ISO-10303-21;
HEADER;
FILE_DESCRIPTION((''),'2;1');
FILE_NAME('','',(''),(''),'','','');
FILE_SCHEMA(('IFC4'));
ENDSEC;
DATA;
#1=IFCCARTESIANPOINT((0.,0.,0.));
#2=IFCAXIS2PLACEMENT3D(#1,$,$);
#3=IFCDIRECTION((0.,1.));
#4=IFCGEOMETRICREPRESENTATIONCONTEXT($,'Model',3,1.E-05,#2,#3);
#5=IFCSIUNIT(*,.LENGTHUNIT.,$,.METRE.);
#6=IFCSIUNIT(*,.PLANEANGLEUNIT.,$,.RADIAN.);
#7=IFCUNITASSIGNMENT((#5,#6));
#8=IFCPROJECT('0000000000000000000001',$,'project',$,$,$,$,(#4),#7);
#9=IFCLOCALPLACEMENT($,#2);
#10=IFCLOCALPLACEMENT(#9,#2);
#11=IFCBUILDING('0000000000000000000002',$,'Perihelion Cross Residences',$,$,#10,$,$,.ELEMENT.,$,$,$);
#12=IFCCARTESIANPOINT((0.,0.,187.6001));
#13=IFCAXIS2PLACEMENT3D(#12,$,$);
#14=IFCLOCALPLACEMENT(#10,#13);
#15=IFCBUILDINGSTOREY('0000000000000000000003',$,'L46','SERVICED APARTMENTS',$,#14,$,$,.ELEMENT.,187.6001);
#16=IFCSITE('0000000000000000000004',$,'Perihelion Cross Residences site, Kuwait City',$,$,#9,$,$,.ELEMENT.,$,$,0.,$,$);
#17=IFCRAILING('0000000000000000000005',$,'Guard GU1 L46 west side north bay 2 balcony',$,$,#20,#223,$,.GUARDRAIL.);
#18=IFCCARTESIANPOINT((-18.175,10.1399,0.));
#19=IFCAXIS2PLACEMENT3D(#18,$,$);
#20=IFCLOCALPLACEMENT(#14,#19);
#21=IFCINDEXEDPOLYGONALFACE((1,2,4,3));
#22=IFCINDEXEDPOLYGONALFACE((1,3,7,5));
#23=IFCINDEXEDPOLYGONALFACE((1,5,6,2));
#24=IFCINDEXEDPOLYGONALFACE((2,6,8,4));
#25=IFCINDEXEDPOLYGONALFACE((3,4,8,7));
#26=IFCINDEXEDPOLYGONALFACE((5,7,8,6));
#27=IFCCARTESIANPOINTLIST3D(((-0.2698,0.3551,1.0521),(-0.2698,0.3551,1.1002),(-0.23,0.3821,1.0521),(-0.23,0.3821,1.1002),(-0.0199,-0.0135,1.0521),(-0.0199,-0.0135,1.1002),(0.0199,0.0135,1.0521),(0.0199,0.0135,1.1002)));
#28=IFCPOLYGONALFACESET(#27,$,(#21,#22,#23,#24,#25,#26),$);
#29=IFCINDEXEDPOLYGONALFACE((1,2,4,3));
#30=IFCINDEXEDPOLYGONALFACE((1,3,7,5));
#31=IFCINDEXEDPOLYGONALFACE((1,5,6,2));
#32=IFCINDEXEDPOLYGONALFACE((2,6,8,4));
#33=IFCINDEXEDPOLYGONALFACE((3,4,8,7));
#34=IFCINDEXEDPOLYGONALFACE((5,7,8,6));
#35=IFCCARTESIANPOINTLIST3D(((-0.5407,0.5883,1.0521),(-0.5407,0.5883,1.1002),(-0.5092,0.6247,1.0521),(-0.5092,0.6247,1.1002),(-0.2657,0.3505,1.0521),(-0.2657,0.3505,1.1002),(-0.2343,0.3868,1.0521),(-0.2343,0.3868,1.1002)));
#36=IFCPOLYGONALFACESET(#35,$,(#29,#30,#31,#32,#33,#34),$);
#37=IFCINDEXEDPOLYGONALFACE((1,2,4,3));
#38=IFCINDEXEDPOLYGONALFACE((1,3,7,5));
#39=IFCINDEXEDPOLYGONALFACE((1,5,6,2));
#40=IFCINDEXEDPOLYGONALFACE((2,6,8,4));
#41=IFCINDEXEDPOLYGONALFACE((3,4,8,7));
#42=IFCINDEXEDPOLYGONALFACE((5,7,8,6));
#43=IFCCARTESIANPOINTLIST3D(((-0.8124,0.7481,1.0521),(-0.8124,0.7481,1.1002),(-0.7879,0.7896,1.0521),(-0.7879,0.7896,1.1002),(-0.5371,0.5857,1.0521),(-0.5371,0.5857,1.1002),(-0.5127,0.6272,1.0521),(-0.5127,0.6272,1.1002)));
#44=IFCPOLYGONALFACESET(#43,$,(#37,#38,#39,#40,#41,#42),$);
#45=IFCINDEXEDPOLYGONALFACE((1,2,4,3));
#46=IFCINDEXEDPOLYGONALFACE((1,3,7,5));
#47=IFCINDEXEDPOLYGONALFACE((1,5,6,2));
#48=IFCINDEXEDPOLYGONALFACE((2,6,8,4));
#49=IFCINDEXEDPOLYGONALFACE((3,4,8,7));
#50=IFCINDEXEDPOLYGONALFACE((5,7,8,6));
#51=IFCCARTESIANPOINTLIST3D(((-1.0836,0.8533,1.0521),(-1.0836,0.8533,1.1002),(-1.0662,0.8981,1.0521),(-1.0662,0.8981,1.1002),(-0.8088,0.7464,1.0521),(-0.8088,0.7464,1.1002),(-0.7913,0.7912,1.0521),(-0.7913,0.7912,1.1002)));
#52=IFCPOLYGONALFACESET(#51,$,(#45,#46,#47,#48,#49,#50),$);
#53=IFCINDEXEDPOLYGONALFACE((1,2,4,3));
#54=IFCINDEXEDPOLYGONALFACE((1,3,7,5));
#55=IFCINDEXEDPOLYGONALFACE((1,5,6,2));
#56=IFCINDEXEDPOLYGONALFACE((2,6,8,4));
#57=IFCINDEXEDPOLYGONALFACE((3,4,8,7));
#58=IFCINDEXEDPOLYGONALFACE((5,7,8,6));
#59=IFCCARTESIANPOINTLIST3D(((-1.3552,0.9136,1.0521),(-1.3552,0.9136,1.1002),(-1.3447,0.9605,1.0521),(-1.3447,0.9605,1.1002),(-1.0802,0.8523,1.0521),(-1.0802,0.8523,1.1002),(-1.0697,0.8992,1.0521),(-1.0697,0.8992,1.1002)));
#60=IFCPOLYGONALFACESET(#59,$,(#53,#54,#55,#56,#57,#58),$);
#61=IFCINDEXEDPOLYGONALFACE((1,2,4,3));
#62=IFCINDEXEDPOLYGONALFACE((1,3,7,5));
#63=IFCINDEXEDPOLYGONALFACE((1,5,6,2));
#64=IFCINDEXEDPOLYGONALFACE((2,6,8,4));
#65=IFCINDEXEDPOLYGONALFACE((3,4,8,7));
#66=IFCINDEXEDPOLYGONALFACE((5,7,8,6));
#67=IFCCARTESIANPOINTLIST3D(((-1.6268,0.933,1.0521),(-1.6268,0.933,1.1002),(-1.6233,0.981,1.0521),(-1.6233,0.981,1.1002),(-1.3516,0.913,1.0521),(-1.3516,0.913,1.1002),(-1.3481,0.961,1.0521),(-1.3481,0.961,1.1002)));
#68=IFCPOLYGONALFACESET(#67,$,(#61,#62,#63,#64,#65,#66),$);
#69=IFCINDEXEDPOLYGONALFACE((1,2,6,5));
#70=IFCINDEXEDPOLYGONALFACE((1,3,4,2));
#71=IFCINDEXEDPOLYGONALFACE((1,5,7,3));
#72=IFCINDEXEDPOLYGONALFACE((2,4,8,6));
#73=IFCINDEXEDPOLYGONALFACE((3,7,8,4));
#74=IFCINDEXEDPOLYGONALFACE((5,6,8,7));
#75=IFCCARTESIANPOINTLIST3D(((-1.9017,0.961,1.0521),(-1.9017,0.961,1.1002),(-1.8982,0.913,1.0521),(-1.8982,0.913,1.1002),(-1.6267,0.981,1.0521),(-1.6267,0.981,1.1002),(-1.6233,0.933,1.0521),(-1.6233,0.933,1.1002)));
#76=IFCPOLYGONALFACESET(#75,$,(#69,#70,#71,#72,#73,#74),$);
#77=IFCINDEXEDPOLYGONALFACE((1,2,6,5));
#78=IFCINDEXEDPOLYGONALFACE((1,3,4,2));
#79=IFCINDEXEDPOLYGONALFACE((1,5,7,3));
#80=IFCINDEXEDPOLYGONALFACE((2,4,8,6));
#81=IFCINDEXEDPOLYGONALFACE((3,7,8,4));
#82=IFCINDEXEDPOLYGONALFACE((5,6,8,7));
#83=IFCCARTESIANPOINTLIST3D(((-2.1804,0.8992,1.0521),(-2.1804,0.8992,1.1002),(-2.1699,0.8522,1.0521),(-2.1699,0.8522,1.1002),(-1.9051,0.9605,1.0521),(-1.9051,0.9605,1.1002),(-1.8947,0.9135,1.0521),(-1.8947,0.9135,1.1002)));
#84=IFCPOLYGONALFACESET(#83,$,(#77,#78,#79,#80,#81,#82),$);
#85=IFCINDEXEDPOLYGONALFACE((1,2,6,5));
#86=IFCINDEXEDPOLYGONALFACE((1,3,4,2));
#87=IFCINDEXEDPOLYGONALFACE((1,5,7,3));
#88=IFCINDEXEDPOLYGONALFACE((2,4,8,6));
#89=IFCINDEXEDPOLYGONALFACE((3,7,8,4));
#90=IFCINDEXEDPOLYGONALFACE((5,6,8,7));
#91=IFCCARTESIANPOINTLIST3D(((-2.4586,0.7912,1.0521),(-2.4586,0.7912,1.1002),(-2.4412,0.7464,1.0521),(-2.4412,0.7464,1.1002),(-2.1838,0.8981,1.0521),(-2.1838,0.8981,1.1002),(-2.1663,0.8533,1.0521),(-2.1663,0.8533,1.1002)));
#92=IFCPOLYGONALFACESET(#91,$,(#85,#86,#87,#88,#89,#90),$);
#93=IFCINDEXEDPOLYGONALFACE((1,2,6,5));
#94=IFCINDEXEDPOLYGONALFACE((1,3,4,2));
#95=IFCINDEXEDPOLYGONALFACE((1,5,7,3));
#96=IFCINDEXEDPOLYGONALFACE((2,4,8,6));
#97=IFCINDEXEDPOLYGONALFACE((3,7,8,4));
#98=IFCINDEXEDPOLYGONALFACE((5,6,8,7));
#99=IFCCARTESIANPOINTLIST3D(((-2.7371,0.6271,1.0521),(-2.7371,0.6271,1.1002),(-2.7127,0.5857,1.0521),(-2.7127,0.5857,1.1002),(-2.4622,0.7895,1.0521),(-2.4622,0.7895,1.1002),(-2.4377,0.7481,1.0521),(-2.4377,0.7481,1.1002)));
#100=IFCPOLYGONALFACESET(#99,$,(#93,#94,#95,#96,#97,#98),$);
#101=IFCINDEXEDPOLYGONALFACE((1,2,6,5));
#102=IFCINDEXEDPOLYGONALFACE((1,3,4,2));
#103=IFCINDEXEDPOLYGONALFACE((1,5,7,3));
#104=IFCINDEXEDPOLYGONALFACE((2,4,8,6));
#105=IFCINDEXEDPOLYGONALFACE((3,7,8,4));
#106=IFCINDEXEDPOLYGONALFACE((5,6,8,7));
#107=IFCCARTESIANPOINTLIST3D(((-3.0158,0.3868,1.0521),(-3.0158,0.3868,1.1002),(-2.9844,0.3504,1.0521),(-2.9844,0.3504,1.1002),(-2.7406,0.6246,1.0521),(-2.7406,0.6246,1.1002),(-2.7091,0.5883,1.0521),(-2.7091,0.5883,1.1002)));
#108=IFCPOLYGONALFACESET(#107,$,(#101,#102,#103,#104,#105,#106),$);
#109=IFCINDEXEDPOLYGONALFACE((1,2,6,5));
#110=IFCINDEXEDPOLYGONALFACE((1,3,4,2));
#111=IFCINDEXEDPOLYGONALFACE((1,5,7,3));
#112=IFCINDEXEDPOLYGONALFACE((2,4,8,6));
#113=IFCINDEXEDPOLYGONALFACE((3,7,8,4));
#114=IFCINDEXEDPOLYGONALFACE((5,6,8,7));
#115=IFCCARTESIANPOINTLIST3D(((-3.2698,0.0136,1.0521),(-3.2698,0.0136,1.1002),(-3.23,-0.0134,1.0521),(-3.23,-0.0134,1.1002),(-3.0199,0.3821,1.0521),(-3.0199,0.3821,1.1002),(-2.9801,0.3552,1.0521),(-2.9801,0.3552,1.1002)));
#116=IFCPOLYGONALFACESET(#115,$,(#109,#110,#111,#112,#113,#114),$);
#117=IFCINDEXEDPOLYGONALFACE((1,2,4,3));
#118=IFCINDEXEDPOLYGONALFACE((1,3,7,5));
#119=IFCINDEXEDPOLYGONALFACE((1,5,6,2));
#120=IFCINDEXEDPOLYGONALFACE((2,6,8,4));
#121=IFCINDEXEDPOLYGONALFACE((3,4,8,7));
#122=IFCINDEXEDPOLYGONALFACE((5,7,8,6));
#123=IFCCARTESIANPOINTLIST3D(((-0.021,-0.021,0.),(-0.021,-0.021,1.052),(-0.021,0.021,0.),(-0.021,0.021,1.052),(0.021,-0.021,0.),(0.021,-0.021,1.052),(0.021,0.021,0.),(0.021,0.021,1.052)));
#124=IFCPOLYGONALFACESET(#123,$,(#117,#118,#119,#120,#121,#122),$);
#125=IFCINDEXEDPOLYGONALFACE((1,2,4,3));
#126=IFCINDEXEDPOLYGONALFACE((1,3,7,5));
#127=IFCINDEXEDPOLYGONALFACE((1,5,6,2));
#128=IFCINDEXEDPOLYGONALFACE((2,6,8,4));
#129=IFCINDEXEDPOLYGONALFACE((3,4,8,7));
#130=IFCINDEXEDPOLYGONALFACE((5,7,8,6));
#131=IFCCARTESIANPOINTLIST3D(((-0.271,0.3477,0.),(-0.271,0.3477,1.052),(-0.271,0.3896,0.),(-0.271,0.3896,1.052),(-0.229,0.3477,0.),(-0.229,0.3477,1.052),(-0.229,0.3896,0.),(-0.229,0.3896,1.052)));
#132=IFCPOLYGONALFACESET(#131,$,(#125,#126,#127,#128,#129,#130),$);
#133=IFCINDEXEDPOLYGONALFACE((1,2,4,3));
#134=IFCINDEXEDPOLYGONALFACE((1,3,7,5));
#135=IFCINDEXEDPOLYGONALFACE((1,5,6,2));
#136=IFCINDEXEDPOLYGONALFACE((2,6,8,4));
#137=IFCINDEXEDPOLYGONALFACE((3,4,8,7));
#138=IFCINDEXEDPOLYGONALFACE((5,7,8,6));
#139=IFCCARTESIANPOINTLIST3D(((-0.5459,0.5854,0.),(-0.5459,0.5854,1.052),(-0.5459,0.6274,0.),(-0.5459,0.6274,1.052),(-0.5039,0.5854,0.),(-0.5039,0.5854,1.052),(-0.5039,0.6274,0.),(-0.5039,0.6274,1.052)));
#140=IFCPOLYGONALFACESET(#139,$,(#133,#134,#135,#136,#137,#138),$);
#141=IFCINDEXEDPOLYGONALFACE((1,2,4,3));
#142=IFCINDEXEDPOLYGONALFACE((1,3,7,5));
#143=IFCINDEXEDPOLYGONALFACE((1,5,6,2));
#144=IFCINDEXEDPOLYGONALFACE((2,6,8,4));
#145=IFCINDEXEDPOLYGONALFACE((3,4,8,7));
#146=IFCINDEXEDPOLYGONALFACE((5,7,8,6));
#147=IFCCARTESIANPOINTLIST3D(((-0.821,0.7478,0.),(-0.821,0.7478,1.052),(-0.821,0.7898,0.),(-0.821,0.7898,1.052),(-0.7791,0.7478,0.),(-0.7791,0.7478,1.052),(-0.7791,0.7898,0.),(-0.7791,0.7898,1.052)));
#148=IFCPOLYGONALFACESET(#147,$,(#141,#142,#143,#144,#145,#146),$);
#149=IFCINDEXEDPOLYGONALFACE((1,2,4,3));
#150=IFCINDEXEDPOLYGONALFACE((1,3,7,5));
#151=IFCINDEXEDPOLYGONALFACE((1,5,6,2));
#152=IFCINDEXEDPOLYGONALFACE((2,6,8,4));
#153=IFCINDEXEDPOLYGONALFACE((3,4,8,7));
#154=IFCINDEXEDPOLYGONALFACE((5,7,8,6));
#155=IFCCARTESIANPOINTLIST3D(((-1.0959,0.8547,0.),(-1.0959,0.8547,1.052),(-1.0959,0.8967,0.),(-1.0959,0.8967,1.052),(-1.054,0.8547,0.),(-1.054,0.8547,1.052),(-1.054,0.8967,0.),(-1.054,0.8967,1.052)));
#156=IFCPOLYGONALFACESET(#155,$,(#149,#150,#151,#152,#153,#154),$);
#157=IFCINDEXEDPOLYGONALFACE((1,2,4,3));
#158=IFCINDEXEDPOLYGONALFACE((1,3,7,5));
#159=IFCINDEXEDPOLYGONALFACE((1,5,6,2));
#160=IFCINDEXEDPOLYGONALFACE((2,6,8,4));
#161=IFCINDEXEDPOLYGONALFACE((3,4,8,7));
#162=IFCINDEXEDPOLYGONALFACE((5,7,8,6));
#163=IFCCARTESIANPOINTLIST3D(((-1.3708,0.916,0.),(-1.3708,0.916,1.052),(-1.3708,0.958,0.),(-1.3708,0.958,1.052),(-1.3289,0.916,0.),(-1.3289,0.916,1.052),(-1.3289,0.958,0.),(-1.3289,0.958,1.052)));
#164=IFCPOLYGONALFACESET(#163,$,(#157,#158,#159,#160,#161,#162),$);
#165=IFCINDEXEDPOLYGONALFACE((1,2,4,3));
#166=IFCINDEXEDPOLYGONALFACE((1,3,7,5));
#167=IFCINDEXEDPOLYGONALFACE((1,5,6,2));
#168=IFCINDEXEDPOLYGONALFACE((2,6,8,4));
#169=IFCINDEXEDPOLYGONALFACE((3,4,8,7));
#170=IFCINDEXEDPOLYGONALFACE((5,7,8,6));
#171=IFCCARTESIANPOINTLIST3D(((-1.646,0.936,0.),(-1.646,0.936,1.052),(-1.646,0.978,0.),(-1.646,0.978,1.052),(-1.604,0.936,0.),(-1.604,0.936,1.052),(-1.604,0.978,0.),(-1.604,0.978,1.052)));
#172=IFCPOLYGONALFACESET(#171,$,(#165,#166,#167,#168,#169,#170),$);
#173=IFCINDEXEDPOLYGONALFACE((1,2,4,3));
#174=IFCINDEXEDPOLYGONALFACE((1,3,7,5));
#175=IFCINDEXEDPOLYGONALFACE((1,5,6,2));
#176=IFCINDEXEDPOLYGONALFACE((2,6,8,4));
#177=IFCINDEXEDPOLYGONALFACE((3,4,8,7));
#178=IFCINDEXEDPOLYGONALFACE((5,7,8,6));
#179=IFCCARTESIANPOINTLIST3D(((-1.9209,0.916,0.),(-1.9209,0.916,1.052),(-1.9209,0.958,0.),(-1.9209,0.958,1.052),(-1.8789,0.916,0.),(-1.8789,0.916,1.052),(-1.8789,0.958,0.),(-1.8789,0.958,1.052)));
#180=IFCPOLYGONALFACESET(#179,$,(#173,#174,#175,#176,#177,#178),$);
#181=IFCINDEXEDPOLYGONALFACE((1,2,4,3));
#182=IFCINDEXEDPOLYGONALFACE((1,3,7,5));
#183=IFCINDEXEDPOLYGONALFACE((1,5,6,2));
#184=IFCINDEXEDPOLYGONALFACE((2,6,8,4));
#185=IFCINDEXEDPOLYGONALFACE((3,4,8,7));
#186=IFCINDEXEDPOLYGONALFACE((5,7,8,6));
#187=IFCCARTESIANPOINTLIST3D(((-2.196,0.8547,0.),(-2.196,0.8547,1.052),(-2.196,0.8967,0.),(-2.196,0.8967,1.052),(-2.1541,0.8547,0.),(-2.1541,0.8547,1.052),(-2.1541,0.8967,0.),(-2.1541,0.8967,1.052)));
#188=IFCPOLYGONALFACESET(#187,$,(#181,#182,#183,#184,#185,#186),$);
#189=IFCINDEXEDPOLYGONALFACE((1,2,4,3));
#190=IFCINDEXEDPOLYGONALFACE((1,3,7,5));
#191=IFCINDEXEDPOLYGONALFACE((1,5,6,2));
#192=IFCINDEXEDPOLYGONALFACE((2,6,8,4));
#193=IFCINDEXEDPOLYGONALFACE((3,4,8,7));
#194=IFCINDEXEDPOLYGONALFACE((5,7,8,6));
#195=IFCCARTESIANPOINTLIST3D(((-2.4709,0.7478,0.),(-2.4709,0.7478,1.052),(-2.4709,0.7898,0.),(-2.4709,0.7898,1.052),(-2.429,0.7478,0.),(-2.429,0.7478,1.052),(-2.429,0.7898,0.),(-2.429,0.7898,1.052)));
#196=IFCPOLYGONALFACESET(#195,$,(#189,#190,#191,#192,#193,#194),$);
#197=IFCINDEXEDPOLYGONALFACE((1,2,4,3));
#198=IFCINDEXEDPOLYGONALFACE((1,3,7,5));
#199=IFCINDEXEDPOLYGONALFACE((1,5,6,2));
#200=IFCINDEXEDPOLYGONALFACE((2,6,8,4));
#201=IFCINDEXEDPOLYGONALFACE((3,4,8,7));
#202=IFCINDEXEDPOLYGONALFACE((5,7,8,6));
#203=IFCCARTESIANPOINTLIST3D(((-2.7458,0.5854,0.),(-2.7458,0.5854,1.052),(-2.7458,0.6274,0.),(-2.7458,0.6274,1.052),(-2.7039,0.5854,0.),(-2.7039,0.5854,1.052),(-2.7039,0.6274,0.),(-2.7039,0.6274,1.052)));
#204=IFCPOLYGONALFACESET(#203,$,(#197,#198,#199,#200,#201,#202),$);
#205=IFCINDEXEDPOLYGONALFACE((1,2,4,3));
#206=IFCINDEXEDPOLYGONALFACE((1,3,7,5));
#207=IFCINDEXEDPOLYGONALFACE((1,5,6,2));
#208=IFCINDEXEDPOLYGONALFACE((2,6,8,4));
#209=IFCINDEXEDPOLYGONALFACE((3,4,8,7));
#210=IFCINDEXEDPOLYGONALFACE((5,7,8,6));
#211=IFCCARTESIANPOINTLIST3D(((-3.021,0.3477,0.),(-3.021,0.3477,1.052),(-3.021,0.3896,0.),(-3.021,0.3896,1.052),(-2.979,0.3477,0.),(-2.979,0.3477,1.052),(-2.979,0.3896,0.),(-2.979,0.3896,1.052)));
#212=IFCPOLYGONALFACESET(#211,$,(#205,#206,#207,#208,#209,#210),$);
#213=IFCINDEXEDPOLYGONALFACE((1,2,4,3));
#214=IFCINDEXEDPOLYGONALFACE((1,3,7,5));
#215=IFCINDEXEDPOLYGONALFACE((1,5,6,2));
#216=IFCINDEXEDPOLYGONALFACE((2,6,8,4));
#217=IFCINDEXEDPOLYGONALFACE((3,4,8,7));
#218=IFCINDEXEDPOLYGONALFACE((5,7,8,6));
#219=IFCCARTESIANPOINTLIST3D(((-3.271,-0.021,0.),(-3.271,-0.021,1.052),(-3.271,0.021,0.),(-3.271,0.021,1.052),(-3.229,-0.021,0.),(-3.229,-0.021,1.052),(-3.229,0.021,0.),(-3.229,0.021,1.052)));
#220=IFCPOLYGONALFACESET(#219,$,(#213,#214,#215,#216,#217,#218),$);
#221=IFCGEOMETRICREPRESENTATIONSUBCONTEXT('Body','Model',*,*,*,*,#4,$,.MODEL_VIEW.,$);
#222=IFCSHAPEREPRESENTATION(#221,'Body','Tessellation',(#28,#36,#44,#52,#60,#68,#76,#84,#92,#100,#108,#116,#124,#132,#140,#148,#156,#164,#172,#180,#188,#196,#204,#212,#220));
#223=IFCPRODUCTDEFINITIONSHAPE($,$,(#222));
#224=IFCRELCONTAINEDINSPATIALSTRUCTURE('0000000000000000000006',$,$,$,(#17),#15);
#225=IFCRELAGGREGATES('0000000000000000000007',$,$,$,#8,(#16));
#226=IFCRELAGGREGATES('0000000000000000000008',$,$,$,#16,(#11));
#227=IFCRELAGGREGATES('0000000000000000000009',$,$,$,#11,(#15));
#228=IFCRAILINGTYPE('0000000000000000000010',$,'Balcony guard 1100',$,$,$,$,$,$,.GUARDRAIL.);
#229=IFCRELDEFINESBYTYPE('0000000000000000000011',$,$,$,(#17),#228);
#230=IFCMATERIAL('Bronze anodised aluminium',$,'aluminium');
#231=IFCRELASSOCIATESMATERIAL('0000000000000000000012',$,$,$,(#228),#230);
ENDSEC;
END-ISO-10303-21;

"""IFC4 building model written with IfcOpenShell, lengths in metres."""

from ifc_helpers import new_model, si_unit, direction, frame, origin, origin_2d, place, context, subcontext, project, spatial, rectangle, extrude, material, type_object, element, save


model = new_model("IFC4")

# Units and contexts
model_context = context("Model", 3, precision=1e-05, world=origin(), true_north=direction((0.0, 1.0)))
body_context = subcontext(model_context, "Body", "Model", "MODEL_VIEW")
ifc_project = project(units=[si_unit("LENGTHUNIT", "METRE"), si_unit("PLANEANGLEUNIT", "RADIAN")], contexts=[model_context])

# Site, building, storey
site_placement = place(None, origin())
site = spatial("IfcSite", under=ifc_project, at=site_placement, Name="Perihelion Cross Residences site, Kuwait City", CompositionType="ELEMENT", RefElevation=0.0)
building_placement = place(site_placement, origin())
building = spatial("IfcBuilding", under=site, at=building_placement, Name="Perihelion Cross Residences", CompositionType="ELEMENT")
storey_placement = place(building_placement, frame((0.0, 0.0, 187.6001)))
storey = spatial("IfcBuildingStorey", under=building, at=storey_placement, Name="L46", Description="SERVICED APARTMENTS", CompositionType="ELEMENT", Elevation=187.6001)

# Railing
ifc_material_1 = material(Name="Bronze anodised aluminium", Category="aluminium")
railing_type = type_object("IfcRailingType", Name="Balcony guard 1100", PredefinedType="GUARDRAIL", material=ifc_material_1)
railing_placement = place(storey_placement, frame((-18.175, 10.1399, 0.0)))
element("IfcRailing", 1, at=railing_placement, inside=storey, type_object=railing_type, Name="Guard GU1 L46 west side north bay 2 balcony", PredefinedType="GUARDRAIL", context=body_context, shape_type="SweptSolid", body=[
    extrude(rectangle(XDim=0.0481, YDim=0.0481, at=origin_2d()), frame((0.0, 0.0, 1.0762), z_axis=(-0.56126, 0.827639, 0.0), x_axis=(-0.827639, -0.56126, 0.0)), (0.0, 0.0, 1.0), 0.4453),
    extrude(rectangle(XDim=0.0481, YDim=0.0481, at=origin_2d()), frame((-0.25, 0.3687, 1.0762), z_axis=(-0.756309, 0.654214, 0.0), x_axis=(-0.654214, -0.756309, 0.0)), (0.0, 0.0, 1.0), 0.3635),
    extrude(rectangle(XDim=0.0481, YDim=0.0481, at=origin_2d()), frame((-0.5249, 0.6064, 1.0762), z_axis=(-0.861246, 0.508189, 0.0), x_axis=(-0.508189, -0.861246, 0.0)), (0.0, 0.0, 1.0), 0.3196),
    extrude(rectangle(XDim=0.0481, YDim=0.0481, at=origin_2d()), frame((-0.8, 0.7688, 1.0762), z_axis=(-0.931974, 0.362526, 0.0), x_axis=(-0.362526, -0.931974, 0.0)), (0.0, 0.0, 1.0), 0.2949),
    extrude(rectangle(XDim=0.0481, YDim=0.0481, at=origin_2d()), frame((-1.075, 0.8757, 1.0762), z_axis=(-0.976044, 0.217573, 0.0), x_axis=(-0.217573, -0.976044, 0.0)), (0.0, 0.0, 1.0), 0.2817),
    extrude(rectangle(XDim=0.0481, YDim=0.0481, at=origin_2d()), frame((-1.3499, 0.937, 1.0762), z_axis=(-0.997363, 0.072568, 0.0), x_axis=(-0.072568, -0.997363, 0.0)), (0.0, 0.0, 1.0), 0.2759),
    extrude(rectangle(XDim=0.0481, YDim=0.0481, at=origin_2d()), frame((-1.625, 0.957, 1.0762), z_axis=(-0.997359, -0.072632, 0.0), x_axis=(0.072632, -0.997359, 0.0)), (0.0, 0.0, 1.0), 0.2756),
    extrude(rectangle(XDim=0.0481, YDim=0.0481, at=origin_2d()), frame((-1.8999, 0.937, 1.0762), z_axis=(-0.976085, -0.217389, 0.0), x_axis=(0.217389, -0.976085, 0.0)), (0.0, 0.0, 1.0), 0.282),
    extrude(rectangle(XDim=0.0481, YDim=0.0481, at=origin_2d()), frame((-2.175, 0.8757, 1.0762), z_axis=(-0.931974, -0.362526, 0.0), x_axis=(0.362526, -0.931974, 0.0)), (0.0, 0.0, 1.0), 0.2949),
    extrude(rectangle(XDim=0.0481, YDim=0.0481, at=origin_2d()), frame((-2.45, 0.7688, 1.0762), z_axis=(-0.861048, -0.508523, 0.0), x_axis=(0.508523, -0.861048, 0.0)), (0.0, 0.0, 1.0), 0.3193),
    extrude(rectangle(XDim=0.0481, YDim=0.0481, at=origin_2d()), frame((-2.7249, 0.6064, 1.0762), z_axis=(-0.756597, -0.653882, 0.0), x_axis=(0.653882, -0.756597, 0.0)), (0.0, 0.0, 1.0), 0.3638),
    extrude(rectangle(XDim=0.0481, YDim=0.0481, at=origin_2d()), frame((-3.0, 0.3687, 1.0762), z_axis=(-0.56126, -0.827639, 0.0), x_axis=(0.827639, -0.56126, 0.0)), (0.0, 0.0, 1.0), 0.4453),
    extrude(rectangle(XDim=0.042, YDim=0.042, at=origin_2d()), origin(), (0.0, 0.0, 1.0), 1.052),
    extrude(rectangle(XDim=0.042, YDim=0.042, at=origin_2d()), frame((-0.25, 0.3687, 0.0)), (0.0, 0.0, 1.0), 1.052),
    extrude(rectangle(XDim=0.042, YDim=0.042, at=origin_2d()), frame((-0.5249, 0.6064, 0.0)), (0.0, 0.0, 1.0), 1.052),
    extrude(rectangle(XDim=0.042, YDim=0.042, at=origin_2d()), frame((-0.8, 0.7688, 0.0)), (0.0, 0.0, 1.0), 1.052),
    extrude(rectangle(XDim=0.042, YDim=0.042, at=origin_2d()), frame((-1.075, 0.8757, 0.0)), (0.0, 0.0, 1.0), 1.052),
    extrude(rectangle(XDim=0.042, YDim=0.042, at=origin_2d()), frame((-1.3499, 0.937, 0.0)), (0.0, 0.0, 1.0), 1.052),
    extrude(rectangle(XDim=0.042, YDim=0.042, at=origin_2d()), frame((-1.625, 0.957, 0.0)), (0.0, 0.0, 1.0), 1.052),
    extrude(rectangle(XDim=0.042, YDim=0.042, at=origin_2d()), frame((-1.8999, 0.937, 0.0)), (0.0, 0.0, 1.0), 1.052),
    extrude(rectangle(XDim=0.042, YDim=0.042, at=origin_2d()), frame((-2.175, 0.8757, 0.0)), (0.0, 0.0, 1.0), 1.052),
    extrude(rectangle(XDim=0.042, YDim=0.042, at=origin_2d()), frame((-2.45, 0.7688, 0.0)), (0.0, 0.0, 1.0), 1.052),
    extrude(rectangle(XDim=0.042, YDim=0.042, at=origin_2d()), frame((-2.7249, 0.6064, 0.0)), (0.0, 0.0, 1.0), 1.052),
    extrude(rectangle(XDim=0.042, YDim=0.042, at=origin_2d()), frame((-3.0, 0.3687, 0.0)), (0.0, 0.0, 1.0), 1.052),
    extrude(rectangle(XDim=0.042, YDim=0.042, at=origin_2d()), frame((-3.25, 0.0, 0.0)), (0.0, 0.0, 1.0), 1.052),
])

save(model, "model.ifc")
